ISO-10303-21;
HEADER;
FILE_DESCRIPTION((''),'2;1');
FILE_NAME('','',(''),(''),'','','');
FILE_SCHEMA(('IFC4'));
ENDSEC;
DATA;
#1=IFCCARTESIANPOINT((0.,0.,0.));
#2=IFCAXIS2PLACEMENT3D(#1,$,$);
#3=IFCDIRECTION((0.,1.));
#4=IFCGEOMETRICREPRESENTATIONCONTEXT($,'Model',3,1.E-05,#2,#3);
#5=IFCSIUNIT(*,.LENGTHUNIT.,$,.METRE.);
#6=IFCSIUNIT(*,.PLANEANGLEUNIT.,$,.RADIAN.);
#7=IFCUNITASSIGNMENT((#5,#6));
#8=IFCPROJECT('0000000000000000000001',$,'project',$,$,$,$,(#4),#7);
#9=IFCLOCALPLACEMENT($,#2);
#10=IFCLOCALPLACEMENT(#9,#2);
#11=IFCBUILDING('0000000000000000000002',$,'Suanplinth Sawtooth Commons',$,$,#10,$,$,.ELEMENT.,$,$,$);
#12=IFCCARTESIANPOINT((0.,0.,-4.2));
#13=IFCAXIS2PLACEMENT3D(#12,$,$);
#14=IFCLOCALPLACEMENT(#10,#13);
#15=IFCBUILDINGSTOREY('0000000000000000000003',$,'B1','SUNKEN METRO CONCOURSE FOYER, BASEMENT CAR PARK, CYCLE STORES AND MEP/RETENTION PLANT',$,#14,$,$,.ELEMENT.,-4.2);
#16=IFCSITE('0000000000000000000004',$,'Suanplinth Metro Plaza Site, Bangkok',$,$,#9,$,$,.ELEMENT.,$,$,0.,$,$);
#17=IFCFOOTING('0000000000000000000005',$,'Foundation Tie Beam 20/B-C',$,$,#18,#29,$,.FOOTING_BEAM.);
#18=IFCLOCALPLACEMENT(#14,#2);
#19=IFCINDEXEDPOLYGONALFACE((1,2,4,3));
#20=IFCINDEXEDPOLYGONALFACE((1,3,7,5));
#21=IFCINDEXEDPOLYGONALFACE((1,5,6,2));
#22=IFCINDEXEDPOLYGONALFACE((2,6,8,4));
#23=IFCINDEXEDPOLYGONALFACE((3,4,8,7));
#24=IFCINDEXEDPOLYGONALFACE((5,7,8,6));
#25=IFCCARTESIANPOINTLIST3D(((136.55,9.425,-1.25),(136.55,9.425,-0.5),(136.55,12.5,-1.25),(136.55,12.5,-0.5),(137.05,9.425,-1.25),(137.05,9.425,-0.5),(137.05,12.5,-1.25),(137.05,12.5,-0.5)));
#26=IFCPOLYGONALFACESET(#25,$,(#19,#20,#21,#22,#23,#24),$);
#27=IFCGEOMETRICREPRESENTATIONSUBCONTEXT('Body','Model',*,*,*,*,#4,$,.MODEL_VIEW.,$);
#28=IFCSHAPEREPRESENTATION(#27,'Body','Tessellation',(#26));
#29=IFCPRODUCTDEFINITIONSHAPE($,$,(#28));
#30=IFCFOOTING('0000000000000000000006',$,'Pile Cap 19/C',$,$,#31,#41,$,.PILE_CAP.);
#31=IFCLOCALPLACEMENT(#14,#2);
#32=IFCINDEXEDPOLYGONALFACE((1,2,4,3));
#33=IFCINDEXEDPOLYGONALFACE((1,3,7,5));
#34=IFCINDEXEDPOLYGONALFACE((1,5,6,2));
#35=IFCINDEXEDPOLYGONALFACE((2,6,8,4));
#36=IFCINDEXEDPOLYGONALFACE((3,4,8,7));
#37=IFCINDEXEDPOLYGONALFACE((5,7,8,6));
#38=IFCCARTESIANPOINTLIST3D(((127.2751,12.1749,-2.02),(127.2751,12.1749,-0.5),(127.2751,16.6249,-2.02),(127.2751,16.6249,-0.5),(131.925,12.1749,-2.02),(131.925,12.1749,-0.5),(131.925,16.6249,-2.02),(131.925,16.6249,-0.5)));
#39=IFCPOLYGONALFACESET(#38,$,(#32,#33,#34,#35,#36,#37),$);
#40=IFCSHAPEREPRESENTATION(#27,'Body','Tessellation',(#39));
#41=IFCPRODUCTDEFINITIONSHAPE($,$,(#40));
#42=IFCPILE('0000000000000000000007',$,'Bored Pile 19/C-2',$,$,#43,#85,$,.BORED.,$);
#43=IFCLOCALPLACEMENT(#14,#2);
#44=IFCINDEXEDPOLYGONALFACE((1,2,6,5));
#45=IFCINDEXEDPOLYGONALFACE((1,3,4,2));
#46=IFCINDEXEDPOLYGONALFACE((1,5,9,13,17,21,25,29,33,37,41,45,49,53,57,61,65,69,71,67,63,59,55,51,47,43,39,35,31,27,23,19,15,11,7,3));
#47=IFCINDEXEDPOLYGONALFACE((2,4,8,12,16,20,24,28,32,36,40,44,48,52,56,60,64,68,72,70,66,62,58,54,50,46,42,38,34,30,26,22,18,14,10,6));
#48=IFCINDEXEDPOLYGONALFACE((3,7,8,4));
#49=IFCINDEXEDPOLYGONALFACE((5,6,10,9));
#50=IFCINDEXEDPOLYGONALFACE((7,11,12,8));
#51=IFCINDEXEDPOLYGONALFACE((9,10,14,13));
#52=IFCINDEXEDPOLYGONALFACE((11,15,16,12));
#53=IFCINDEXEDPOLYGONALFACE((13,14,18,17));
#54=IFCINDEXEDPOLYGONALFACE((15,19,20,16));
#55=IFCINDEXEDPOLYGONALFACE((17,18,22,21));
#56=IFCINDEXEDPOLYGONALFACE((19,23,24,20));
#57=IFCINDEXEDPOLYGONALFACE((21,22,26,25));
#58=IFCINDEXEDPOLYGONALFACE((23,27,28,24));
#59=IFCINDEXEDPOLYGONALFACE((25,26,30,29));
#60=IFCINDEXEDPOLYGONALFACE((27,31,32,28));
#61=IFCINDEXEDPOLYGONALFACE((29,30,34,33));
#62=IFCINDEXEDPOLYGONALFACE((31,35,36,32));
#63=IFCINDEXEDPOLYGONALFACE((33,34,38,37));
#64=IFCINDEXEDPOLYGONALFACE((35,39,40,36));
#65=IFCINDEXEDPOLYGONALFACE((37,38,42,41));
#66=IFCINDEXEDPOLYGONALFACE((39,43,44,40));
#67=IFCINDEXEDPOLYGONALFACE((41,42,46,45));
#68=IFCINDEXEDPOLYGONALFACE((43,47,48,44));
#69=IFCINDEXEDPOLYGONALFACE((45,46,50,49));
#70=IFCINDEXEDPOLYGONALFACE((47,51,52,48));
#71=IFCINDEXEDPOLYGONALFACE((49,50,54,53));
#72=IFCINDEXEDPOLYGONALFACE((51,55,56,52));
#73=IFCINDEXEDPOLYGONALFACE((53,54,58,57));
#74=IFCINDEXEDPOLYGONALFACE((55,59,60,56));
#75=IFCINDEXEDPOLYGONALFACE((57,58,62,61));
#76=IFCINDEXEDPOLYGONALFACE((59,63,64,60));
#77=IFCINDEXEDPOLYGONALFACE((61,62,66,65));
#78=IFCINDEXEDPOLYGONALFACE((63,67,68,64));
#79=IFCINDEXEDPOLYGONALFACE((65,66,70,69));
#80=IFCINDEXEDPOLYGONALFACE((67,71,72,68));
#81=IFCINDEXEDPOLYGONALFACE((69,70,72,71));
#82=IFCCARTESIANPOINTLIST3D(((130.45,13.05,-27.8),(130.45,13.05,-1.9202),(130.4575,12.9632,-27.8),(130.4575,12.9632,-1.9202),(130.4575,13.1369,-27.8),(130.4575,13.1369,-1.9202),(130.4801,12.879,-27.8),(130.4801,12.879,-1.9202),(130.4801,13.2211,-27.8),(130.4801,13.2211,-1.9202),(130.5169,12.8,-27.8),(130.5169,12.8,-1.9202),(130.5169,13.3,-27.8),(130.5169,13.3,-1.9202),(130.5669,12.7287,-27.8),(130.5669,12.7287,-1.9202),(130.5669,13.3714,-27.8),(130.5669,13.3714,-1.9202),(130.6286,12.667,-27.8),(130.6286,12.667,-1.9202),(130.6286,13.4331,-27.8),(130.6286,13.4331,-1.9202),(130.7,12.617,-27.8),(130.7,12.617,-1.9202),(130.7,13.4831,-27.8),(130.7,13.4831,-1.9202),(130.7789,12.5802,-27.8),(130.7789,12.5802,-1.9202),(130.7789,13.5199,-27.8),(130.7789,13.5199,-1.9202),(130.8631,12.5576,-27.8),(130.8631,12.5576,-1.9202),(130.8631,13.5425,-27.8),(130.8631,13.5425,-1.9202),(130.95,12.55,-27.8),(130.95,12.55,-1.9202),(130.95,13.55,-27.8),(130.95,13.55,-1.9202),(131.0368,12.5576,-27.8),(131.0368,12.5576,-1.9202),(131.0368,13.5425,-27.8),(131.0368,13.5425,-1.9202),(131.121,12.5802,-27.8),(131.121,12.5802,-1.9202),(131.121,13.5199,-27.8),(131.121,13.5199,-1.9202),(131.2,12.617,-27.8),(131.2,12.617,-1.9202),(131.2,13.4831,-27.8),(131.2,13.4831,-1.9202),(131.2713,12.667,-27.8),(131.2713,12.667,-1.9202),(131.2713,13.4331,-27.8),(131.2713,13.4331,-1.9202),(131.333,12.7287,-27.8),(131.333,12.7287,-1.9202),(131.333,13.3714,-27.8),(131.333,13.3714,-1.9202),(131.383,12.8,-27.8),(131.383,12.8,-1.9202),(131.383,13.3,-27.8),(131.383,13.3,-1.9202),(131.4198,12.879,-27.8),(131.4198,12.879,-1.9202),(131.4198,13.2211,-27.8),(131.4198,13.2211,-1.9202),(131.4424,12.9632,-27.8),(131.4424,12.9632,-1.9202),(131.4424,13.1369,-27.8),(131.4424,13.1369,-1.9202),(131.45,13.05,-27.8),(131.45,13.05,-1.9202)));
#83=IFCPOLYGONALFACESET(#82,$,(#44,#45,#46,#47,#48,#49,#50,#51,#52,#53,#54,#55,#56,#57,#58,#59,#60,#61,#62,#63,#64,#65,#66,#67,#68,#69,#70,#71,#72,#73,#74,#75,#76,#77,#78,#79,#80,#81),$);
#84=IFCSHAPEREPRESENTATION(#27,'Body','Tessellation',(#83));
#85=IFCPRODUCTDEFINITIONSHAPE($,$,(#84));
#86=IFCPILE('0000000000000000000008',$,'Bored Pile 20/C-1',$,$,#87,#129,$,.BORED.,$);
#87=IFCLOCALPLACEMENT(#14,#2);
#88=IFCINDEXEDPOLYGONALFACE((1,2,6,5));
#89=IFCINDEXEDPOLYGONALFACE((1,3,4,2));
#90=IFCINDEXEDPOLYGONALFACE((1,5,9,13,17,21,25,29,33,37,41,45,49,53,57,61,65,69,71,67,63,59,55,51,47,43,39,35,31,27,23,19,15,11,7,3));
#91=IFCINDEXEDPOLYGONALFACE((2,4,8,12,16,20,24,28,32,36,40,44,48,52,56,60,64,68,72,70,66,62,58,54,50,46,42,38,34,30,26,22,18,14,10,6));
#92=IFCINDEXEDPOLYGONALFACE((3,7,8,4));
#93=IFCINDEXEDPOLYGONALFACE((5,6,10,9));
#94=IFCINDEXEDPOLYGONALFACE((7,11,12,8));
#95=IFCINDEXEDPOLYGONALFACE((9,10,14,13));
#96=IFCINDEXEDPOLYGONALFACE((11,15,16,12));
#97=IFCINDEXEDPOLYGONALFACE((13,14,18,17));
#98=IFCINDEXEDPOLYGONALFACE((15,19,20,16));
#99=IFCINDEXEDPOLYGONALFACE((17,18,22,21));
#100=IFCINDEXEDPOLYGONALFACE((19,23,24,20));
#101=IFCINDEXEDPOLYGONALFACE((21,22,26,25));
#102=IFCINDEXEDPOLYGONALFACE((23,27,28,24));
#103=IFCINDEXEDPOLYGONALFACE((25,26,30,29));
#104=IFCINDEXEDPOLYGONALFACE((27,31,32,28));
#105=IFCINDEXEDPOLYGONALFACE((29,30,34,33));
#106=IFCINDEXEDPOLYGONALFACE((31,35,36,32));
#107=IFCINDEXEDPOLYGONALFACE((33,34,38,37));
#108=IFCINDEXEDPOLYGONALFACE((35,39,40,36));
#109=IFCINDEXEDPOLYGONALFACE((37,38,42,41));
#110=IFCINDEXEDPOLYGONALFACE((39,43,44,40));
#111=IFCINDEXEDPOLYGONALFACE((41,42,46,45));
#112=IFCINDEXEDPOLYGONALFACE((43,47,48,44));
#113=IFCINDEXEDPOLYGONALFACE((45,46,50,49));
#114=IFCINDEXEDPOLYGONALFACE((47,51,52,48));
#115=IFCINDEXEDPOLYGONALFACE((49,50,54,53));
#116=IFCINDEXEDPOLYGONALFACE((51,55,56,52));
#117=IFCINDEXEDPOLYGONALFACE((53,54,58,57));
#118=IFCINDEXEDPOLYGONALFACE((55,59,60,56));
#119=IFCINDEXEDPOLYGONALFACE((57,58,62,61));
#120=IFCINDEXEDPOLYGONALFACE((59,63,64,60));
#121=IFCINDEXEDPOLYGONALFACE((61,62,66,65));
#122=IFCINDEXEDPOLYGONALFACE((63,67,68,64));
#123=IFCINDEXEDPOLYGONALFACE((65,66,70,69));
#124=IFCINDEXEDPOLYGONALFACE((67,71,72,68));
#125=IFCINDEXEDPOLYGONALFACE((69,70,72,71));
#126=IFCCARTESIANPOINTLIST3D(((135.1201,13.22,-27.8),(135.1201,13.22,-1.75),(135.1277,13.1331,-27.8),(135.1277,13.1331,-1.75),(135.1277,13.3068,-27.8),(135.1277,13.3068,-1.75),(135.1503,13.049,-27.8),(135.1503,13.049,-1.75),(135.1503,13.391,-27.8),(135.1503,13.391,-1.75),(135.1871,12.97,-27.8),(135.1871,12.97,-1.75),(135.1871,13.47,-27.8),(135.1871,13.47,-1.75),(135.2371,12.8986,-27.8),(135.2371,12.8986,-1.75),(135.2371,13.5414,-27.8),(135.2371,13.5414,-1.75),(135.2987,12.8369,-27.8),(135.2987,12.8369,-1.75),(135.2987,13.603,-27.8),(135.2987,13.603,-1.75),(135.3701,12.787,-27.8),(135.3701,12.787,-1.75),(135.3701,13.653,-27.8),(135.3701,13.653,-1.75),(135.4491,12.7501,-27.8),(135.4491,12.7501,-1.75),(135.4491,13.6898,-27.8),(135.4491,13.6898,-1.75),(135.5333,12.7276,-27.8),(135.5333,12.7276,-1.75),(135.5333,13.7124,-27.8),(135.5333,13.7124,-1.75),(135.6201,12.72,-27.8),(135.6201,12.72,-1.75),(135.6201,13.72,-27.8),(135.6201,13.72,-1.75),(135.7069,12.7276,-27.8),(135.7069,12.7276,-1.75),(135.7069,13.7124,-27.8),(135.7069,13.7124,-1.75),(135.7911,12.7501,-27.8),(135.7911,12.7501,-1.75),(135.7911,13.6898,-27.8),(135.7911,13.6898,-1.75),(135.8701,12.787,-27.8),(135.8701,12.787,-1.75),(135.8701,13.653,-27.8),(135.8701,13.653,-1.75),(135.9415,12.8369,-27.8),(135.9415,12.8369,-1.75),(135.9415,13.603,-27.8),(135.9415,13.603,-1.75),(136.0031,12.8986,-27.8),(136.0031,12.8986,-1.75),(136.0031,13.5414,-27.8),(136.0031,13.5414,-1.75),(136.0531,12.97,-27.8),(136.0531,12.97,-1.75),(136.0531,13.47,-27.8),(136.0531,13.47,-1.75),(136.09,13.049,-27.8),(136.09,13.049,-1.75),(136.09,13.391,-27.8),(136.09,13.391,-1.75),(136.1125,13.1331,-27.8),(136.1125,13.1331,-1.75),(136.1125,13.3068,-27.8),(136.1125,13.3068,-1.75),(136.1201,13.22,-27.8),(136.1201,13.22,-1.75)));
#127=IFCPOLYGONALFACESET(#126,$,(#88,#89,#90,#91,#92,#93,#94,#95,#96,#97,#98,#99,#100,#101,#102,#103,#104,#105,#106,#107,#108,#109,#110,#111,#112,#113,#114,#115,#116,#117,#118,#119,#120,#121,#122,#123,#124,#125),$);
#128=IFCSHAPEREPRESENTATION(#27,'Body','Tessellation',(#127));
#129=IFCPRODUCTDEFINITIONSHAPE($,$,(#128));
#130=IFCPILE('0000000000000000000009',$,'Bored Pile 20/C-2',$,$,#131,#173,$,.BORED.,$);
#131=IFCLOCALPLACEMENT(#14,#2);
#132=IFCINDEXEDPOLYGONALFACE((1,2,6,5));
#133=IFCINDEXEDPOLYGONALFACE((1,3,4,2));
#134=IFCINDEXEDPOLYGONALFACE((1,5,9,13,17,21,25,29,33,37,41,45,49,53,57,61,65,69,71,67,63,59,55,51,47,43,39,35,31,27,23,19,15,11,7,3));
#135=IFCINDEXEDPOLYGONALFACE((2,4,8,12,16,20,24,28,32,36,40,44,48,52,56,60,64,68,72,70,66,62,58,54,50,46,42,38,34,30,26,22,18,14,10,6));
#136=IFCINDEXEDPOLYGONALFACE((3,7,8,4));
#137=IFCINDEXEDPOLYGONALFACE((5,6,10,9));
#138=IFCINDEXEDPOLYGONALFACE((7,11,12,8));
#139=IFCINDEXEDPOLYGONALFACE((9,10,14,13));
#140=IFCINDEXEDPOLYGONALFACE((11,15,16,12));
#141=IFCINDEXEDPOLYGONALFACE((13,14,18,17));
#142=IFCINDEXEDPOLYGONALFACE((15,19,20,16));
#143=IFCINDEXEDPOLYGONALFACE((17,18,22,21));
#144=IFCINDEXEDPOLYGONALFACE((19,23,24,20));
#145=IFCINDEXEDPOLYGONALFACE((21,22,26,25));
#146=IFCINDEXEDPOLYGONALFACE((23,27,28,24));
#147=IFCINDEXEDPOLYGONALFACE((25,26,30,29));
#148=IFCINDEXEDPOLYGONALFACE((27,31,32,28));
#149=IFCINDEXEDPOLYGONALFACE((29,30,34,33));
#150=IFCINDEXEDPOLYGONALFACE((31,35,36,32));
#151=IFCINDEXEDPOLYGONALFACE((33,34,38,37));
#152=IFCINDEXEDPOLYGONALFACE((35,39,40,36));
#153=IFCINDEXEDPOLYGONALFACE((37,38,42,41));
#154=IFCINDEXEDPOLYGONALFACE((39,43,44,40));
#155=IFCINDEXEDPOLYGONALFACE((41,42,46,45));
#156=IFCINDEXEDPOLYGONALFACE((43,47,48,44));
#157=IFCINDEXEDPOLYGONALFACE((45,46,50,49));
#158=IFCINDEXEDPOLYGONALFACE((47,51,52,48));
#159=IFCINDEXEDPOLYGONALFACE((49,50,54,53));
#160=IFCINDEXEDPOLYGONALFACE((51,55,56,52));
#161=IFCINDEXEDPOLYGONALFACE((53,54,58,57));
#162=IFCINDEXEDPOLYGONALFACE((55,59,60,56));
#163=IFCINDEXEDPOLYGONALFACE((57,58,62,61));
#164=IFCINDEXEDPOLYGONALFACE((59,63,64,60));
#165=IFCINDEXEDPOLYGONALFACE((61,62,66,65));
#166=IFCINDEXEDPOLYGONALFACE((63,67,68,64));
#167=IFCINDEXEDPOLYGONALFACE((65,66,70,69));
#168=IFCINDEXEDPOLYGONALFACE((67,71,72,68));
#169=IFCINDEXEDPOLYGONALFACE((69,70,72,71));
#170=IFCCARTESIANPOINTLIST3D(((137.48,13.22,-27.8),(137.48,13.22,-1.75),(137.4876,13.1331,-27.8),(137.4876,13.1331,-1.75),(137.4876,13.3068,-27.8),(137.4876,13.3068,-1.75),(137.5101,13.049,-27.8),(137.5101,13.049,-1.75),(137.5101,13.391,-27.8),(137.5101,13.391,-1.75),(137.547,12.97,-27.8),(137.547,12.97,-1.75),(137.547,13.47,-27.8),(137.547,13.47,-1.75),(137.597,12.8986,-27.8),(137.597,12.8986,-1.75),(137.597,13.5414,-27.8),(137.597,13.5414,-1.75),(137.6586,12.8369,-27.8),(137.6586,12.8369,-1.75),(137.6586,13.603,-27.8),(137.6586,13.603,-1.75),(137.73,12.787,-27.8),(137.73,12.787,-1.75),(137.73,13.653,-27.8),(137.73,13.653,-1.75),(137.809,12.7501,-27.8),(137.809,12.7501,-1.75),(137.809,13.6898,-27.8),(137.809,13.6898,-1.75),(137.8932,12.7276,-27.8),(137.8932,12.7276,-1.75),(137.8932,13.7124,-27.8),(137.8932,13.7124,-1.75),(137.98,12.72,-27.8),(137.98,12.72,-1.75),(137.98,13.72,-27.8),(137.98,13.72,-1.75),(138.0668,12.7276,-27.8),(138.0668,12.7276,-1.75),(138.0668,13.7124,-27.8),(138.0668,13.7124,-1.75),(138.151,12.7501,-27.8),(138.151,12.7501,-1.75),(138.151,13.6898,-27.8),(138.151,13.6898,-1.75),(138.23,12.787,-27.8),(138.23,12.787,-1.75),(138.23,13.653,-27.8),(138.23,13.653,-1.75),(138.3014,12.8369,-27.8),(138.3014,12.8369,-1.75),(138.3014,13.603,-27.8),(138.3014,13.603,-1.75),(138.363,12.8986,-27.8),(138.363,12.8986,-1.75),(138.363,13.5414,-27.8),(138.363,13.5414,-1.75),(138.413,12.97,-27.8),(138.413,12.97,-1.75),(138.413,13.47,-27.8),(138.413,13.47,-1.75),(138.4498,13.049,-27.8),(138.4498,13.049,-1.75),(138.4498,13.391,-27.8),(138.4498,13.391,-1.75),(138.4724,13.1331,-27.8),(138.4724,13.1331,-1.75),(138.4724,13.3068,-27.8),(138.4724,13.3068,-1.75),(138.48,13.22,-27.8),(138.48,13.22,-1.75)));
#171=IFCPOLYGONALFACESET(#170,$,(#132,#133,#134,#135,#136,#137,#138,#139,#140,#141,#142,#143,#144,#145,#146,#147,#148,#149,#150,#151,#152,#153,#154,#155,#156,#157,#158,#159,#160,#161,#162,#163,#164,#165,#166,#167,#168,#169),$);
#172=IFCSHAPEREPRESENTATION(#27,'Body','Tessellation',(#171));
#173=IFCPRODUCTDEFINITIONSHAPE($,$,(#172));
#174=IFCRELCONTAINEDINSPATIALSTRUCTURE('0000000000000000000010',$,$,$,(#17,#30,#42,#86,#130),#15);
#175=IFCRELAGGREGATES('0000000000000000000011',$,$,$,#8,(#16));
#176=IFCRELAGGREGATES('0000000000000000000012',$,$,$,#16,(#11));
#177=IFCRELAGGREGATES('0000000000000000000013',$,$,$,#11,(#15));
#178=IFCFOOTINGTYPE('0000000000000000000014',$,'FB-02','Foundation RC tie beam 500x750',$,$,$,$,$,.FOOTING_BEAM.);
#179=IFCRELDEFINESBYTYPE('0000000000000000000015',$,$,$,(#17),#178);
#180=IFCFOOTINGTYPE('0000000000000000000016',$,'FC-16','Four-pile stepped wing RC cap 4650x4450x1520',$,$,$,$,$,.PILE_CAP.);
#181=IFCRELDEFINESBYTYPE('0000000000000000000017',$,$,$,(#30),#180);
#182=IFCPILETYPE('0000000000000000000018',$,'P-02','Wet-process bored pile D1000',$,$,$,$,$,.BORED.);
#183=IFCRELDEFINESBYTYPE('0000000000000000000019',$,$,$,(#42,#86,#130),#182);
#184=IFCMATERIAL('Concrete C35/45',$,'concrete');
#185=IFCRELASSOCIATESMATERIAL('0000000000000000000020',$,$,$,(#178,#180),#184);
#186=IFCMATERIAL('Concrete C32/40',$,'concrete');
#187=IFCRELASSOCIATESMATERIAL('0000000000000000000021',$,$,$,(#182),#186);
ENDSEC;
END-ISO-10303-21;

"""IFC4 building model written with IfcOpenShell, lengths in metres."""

from ifc_helpers import new_model, si_unit, direction, frame, origin, origin_2d, place, context, subcontext, project, spatial, rectangle, circle, extrude, material, material_profile, profile_set, type_object, element, save


model = new_model("IFC4")

# Units and contexts
model_context = context("Model", 3, precision=1e-05, world=origin(), true_north=direction((0.0, 1.0)))
body_context = subcontext(model_context, "Body", "Model", "MODEL_VIEW")
ifc_project = project(units=[si_unit("LENGTHUNIT", "METRE"), si_unit("PLANEANGLEUNIT", "RADIAN")], contexts=[model_context])

# Site, building, storey
site_placement = place(None, origin())
site = spatial("IfcSite", under=ifc_project, at=site_placement, Name="Suanplinth Metro Plaza Site, Bangkok", CompositionType="ELEMENT", RefElevation=0.0)
building_placement = place(site_placement, origin())
building = spatial("IfcBuilding", under=site, at=building_placement, Name="Suanplinth Sawtooth Commons", CompositionType="ELEMENT")
storey_placement = place(building_placement, frame((0.0, 0.0, -4.2)))
storey = spatial("IfcBuildingStorey", under=building, at=storey_placement, Name="B1", Description="SUNKEN METRO CONCOURSE FOYER, BASEMENT CAR PARK, CYCLE STORES AND MEP/RETENTION PLANT", CompositionType="ELEMENT", Elevation=-4.2)

# Footings
ifc_material_1 = material(Name="Concrete C35/45", Category="concrete")
ifc_material_profile_1 = material_profile(ifc_material_1, rectangle(XDim=0.5, YDim=0.75, at=origin_2d()), Name="RC-GDR 500x750")
ifc_profile_set_1 = profile_set([ifc_material_profile_1], Name="Concrete C35/45")
footing_type_1 = type_object("IfcFootingType", Name="FB-02", Description="Foundation RC tie beam 500x750", PredefinedType="FOOTING_BEAM", material=ifc_profile_set_1)
footing_1_placement = place(storey_placement, frame((136.8, 9.425, -0.875), z_axis=(0.0, 1.0, 0.0), x_axis=(-1.0, 0.0, 0.0)))
element("IfcFooting", 1, at=footing_1_placement, inside=storey, type_object=footing_type_1, Name="Foundation Tie Beam 20/B-C", PredefinedType="FOOTING_BEAM", context=body_context, shape_type="SweptSolid", body=[
    extrude(rectangle(XDim=0.5, YDim=0.75, at=origin_2d()), origin(), (0.0, 0.0, 1.0), 3.075),
])
footing_type_2 = type_object("IfcFootingType", Name="FC-16", Description="Four-pile stepped wing RC cap 4650x4450x1520", PredefinedType="PILE_CAP", material=ifc_material_1)
footing_2_placement = place(storey_placement, frame((129.6001, 14.3999, -2.02), z_axis=(0.0, 0.0, 1.0), x_axis=(1.0, 0.0, 0.0)))
element("IfcFooting", 2, at=footing_2_placement, inside=storey, type_object=footing_type_2, Name="Pile Cap 19/C", PredefinedType="PILE_CAP", context=body_context, shape_type="SweptSolid", body=[
    extrude(rectangle(XDim=4.6499, YDim=4.45, at=origin_2d()), origin(), (0.0, 0.0, 1.0), 1.52),
])

# Piles
ifc_material_2 = material(Name="Concrete C32/40", Category="concrete")
ifc_material_profile_2 = material_profile(ifc_material_2, circle(Radius=0.5, at=origin_2d()), Name="PILE D1000")
ifc_profile_set_2 = profile_set([ifc_material_profile_2], Name="Concrete C32/40")
pile_type = type_object("IfcPileType", Name="P-02", Description="Wet-process bored pile D1000", PredefinedType="BORED", material=ifc_profile_set_2)
pile_1_placement = place(storey_placement, frame((130.95, 13.05, -1.9202), z_axis=(0.0, 0.0, -1.0), x_axis=(1.0, 0.0, 0.0)))
element("IfcPile", 3, at=pile_1_placement, inside=storey, type_object=pile_type, Name="Bored Pile 19/C-2", PredefinedType="BORED", context=body_context, shape_type="SweptSolid", body=[
    extrude(circle(Radius=0.5, at=origin_2d()), origin(), (0.0, 0.0, 1.0), 25.8799),
])
for number, where, z_axis, x_axis, name in (
    (4, (135.6201, 13.22, -1.75), (0.0, 0.0, -1.0), (1.0, 0.0, 0.0), "Bored Pile 20/C-1"),
    (5, (137.98, 13.22, -1.75), (0.0, 0.0, -1.0), (1.0, 0.0, 0.0), "Bored Pile 20/C-2"),
):
    element("IfcPile", number, at=place(storey_placement, frame(where, z_axis=z_axis, x_axis=x_axis)), inside=storey, type_object=pile_type, Name=name, PredefinedType="BORED", context=body_context, shape_type="SweptSolid", body=[
        extrude(circle(Radius=0.5, at=origin_2d()), origin(), (0.0, 0.0, 1.0), 26.05),
    ])

save(model, "model.ifc")
